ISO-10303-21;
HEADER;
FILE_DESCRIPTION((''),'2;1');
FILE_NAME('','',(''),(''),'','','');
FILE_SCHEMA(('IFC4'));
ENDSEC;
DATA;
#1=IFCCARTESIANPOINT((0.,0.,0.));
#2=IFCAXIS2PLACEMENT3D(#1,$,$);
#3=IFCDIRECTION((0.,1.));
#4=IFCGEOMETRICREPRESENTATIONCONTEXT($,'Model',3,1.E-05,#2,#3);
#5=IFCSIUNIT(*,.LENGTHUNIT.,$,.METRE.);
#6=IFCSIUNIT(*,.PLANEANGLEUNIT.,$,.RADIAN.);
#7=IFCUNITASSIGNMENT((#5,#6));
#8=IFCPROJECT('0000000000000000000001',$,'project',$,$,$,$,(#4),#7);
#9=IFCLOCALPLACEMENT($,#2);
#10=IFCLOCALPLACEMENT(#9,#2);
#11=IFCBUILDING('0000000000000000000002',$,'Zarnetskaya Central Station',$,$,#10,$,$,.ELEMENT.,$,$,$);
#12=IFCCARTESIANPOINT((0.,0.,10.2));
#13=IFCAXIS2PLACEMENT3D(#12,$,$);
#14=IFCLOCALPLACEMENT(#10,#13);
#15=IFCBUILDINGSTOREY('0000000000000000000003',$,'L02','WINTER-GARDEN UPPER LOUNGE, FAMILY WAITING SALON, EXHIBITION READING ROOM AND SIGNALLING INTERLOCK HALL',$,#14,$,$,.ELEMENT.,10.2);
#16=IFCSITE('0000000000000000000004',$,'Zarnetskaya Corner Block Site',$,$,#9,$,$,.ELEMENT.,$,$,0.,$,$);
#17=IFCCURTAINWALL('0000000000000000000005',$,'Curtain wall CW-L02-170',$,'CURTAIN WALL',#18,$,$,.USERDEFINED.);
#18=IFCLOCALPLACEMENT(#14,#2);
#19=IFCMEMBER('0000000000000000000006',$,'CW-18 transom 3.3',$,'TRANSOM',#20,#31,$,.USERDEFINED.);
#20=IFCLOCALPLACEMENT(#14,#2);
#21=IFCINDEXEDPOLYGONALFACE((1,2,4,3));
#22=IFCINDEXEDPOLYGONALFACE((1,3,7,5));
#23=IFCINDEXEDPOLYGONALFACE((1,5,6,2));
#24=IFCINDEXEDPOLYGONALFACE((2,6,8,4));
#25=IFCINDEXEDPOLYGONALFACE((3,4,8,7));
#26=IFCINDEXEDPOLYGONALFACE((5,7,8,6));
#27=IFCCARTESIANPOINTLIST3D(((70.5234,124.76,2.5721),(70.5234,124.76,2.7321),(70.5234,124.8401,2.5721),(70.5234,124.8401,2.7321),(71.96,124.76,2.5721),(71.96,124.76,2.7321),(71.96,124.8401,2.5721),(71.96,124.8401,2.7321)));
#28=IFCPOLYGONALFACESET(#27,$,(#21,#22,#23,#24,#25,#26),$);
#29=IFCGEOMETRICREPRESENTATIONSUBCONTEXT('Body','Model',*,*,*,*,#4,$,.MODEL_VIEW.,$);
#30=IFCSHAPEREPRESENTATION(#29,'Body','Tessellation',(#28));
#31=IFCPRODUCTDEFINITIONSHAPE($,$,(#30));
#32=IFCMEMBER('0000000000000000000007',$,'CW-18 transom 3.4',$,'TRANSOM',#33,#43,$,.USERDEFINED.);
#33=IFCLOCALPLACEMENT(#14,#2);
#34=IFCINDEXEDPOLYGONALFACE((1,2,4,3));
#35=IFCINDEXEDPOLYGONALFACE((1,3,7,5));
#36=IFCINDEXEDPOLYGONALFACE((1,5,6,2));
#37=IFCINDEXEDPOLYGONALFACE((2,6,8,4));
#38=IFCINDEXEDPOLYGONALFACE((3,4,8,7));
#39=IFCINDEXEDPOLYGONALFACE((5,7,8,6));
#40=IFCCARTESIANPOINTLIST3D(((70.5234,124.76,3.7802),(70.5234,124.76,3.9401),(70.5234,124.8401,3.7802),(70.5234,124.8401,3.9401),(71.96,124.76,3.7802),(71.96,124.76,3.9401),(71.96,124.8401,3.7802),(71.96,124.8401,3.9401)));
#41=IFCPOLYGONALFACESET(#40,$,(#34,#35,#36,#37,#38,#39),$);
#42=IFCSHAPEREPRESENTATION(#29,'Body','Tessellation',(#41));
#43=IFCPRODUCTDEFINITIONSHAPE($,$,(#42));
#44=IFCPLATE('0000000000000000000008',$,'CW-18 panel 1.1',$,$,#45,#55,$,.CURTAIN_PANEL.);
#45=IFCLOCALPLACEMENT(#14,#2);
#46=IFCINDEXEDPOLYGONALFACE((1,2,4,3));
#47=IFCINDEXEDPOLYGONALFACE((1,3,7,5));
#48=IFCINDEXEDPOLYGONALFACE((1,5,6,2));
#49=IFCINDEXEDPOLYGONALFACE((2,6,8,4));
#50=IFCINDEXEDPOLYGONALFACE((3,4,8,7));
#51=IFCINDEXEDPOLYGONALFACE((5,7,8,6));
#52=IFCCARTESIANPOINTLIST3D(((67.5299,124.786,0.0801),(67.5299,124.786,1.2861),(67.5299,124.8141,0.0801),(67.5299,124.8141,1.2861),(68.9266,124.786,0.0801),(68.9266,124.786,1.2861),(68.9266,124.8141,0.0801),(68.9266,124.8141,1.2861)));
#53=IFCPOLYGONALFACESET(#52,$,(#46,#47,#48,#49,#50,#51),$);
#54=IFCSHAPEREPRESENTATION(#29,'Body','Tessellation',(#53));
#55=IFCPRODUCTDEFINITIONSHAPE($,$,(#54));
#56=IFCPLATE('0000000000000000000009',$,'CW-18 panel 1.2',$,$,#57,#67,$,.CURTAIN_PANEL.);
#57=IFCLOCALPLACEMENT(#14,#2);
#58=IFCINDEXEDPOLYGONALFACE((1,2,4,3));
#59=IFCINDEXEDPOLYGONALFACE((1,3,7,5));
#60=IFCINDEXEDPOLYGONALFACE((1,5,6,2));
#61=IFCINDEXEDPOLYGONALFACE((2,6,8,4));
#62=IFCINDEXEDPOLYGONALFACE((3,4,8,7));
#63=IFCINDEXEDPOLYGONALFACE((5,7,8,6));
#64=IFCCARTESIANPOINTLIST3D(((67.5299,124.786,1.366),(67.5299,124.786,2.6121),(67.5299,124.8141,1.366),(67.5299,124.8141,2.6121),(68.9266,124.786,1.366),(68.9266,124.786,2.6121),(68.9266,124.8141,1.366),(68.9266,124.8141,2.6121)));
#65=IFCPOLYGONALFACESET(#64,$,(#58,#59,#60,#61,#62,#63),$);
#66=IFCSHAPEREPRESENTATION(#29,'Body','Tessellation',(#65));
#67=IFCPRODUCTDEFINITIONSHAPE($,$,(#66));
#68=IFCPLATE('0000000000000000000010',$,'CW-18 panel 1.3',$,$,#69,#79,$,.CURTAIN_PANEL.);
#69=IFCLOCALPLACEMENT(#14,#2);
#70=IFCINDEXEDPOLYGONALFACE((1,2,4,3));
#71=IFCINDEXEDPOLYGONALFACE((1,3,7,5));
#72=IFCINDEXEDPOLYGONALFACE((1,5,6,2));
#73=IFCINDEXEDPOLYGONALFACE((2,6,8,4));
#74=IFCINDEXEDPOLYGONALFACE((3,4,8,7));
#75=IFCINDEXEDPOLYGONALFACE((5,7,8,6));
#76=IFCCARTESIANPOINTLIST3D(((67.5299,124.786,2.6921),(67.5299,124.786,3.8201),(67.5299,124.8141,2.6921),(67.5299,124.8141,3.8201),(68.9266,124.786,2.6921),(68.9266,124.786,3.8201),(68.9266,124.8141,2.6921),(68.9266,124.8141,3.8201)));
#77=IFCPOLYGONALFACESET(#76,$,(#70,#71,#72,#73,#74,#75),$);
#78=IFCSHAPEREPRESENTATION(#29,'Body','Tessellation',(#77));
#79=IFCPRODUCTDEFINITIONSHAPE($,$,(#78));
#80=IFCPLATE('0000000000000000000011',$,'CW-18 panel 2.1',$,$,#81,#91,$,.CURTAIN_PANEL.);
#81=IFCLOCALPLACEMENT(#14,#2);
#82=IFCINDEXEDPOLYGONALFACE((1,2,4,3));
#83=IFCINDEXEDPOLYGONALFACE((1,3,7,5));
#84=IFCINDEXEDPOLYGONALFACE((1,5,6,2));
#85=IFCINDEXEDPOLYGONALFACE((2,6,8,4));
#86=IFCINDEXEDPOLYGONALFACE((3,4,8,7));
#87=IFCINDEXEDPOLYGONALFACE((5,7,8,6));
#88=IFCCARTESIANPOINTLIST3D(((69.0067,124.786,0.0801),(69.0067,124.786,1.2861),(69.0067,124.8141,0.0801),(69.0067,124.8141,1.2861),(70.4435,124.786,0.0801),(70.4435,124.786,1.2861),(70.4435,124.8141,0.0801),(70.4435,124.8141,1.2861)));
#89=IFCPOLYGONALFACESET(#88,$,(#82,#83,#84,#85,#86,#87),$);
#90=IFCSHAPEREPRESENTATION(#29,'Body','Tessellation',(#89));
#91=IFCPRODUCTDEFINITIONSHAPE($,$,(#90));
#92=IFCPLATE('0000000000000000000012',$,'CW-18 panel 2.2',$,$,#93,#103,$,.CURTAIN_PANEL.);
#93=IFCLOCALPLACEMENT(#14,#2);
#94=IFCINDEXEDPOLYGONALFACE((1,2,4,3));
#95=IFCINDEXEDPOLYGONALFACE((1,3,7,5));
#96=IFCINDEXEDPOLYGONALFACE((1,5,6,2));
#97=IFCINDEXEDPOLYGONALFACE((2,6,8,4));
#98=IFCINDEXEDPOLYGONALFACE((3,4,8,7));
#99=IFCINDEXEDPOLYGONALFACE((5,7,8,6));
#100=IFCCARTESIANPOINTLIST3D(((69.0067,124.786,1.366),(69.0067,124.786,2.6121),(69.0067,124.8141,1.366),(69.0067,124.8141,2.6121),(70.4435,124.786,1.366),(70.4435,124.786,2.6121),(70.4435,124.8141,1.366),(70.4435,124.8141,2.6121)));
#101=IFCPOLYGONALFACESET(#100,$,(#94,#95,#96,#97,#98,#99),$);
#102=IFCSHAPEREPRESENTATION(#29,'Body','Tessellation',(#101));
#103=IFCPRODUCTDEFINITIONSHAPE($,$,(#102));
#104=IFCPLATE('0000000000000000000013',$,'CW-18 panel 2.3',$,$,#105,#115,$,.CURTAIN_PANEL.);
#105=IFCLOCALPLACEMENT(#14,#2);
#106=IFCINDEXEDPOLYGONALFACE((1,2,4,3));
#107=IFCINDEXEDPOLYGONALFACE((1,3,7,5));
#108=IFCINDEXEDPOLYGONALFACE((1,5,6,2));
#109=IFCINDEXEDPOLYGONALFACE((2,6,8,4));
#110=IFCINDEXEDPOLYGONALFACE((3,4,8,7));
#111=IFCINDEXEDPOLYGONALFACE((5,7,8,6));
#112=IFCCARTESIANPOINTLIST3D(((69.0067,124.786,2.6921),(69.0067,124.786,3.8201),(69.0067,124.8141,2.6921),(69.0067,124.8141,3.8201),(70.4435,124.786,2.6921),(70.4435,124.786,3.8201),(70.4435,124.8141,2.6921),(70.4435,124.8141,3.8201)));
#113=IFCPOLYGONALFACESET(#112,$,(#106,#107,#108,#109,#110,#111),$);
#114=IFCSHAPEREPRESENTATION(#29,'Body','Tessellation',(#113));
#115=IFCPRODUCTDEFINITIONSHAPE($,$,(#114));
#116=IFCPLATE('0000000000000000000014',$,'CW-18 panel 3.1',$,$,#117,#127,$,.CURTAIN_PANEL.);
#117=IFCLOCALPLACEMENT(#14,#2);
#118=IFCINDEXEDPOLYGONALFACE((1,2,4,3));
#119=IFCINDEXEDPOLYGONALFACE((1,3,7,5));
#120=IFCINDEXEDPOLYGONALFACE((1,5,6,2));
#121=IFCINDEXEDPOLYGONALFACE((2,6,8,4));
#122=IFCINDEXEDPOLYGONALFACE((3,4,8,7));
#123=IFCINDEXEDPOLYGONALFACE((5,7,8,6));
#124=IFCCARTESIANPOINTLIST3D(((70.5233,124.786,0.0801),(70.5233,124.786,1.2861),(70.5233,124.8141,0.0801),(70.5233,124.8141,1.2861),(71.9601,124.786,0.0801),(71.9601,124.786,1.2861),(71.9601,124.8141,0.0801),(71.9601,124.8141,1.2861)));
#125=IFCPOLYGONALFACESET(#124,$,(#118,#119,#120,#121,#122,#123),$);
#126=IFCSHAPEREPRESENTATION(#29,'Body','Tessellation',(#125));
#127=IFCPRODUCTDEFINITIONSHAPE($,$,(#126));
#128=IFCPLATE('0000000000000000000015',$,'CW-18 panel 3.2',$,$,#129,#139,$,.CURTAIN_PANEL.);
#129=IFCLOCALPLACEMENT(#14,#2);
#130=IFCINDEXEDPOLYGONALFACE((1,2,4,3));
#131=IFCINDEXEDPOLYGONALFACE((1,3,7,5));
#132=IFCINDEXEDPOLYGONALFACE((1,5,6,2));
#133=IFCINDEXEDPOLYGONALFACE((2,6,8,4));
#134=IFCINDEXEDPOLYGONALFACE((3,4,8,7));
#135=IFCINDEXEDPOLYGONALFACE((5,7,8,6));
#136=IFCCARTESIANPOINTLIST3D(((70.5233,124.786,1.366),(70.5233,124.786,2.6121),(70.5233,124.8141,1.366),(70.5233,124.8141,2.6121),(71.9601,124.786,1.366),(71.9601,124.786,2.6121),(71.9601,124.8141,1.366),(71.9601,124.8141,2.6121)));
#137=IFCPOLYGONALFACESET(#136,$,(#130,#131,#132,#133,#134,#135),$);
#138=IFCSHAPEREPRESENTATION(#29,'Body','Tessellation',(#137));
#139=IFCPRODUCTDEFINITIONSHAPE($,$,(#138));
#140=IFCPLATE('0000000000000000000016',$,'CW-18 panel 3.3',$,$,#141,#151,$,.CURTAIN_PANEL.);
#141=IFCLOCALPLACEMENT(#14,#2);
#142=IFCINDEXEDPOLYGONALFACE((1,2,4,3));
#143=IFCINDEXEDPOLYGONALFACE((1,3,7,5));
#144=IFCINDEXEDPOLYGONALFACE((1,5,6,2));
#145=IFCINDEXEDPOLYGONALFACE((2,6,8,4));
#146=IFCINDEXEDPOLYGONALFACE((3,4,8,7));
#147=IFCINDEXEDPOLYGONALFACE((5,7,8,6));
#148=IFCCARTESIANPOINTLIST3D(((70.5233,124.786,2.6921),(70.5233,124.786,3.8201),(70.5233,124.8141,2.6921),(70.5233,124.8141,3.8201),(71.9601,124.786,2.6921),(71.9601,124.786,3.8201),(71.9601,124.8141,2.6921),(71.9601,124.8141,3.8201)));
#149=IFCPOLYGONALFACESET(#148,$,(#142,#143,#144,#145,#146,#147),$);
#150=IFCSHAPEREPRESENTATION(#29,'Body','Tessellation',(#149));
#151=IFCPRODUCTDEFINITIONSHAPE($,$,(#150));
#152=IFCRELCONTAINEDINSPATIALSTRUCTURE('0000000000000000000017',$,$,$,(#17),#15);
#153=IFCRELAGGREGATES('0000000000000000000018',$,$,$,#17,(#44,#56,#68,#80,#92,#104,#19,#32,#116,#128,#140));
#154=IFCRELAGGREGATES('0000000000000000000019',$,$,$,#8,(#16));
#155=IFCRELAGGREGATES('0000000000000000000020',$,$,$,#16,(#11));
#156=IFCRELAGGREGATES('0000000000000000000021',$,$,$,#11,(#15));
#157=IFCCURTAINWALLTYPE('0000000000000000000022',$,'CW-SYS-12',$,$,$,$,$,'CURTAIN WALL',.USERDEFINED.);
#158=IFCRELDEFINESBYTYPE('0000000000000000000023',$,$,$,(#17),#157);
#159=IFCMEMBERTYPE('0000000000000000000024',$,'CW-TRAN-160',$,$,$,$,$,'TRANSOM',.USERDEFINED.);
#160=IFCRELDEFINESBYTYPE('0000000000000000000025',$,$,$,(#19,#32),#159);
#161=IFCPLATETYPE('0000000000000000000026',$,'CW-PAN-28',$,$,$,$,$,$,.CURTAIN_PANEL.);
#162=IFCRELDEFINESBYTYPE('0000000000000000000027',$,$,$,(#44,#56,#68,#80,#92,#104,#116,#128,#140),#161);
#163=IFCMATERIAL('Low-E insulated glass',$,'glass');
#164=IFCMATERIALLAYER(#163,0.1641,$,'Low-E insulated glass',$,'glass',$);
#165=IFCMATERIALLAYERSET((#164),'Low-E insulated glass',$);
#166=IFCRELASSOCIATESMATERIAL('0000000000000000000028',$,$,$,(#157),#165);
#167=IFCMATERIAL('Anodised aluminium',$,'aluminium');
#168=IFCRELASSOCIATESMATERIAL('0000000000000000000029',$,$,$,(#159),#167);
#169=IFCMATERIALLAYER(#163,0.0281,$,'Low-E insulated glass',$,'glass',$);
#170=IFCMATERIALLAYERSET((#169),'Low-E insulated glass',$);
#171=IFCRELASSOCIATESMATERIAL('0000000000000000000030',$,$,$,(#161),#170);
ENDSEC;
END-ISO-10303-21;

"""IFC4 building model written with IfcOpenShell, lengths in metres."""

from ifc_helpers import new_model, si_unit, direction, frame, origin, origin_2d, place, context, subcontext, project, spatial, rectangle, extrude, material, layer, layer_set, material_profile, profile_set, type_object, element, aggregate, save


model = new_model("IFC4")

# Units and contexts
model_context = context("Model", 3, precision=1e-05, world=origin(), true_north=direction((0.0, 1.0)))
body_context = subcontext(model_context, "Body", "Model", "MODEL_VIEW")
ifc_project = project(units=[si_unit("LENGTHUNIT", "METRE"), si_unit("PLANEANGLEUNIT", "RADIAN")], contexts=[model_context])

# Site, building, storey
site_placement = place(None, origin())
site = spatial("IfcSite", under=ifc_project, at=site_placement, Name="Zarnetskaya Corner Block Site", CompositionType="ELEMENT", RefElevation=0.0)
building_placement = place(site_placement, origin())
building = spatial("IfcBuilding", under=site, at=building_placement, Name="Zarnetskaya Central Station", CompositionType="ELEMENT")
storey_placement = place(building_placement, frame((0.0, 0.0, 10.2)))
storey = spatial("IfcBuildingStorey", under=building, at=storey_placement, Name="L02", Description="WINTER-GARDEN UPPER LOUNGE, FAMILY WAITING SALON, EXHIBITION READING ROOM AND SIGNALLING INTERLOCK HALL", CompositionType="ELEMENT", Elevation=10.2)

# Curtain wall, members, plates
ifc_material_1 = material(Name="Low-E insulated glass", Category="glass")
ifc_layer_1 = layer(ifc_material_1, 0.1641, Name="Low-E insulated glass", Category="glass")
ifc_layer_set_1 = layer_set([ifc_layer_1], Name="Low-E insulated glass")
curtain_wall_type = type_object("IfcCurtainWallType", Name="CW-SYS-12", ElementType="CURTAIN WALL", PredefinedType="USERDEFINED", material=ifc_layer_set_1)
curtain_wall_placement = place(storey_placement, origin())
curtain_wall = element("IfcCurtainWall", 1, at=curtain_wall_placement, inside=storey, type_object=curtain_wall_type, Name="Curtain wall CW-L02-170", ObjectType="CURTAIN WALL", PredefinedType="USERDEFINED")
ifc_material_2 = material(Name="Anodised aluminium", Category="aluminium")
ifc_material_profile_1 = material_profile(ifc_material_2, rectangle(XDim=0.0801, YDim=0.1599, at=origin_2d()), Name="ALU TRAN 80x160")
ifc_profile_set_1 = profile_set([ifc_material_profile_1], Name="Anodised aluminium")
member_type_1 = type_object("IfcMemberType", Name="CW-TRAN-160", ElementType="TRANSOM", PredefinedType="USERDEFINED", material=ifc_profile_set_1)
member_1_placement = place(storey_placement, frame((70.5234, 124.8, 2.6521), z_axis=(1.0, 0.0, 0.0), x_axis=(0.0, 1.0, 0.0)))
member_1 = element("IfcMember", 2, at=member_1_placement, type_object=member_type_1, Name="CW-18 transom 3.3", ObjectType="TRANSOM", PredefinedType="USERDEFINED", context=body_context, shape_type="SweptSolid", body=[
    extrude(rectangle(XDim=0.0801, YDim=0.1599, at=origin_2d()), origin(), (0.0, 0.0, 1.0), 1.4365),
])
member_2_placement = place(storey_placement, frame((70.5234, 124.8, 3.8601), z_axis=(1.0, 0.0, 0.0), x_axis=(0.0, 1.0, 0.0)))
member_2 = element("IfcMember", 3, at=member_2_placement, type_object=member_type_1, Name="CW-18 transom 3.4", ObjectType="TRANSOM", PredefinedType="USERDEFINED", context=body_context, shape_type="SweptSolid", body=[
    extrude(rectangle(XDim=0.0801, YDim=0.1599, at=origin_2d()), origin(), (0.0, 0.0, 1.0), 1.4365),
])
ifc_layer_2 = layer(ifc_material_1, 0.0281, Name="Low-E insulated glass", Category="glass")
ifc_layer_set_2 = layer_set([ifc_layer_2], Name="Low-E insulated glass")
plate_type = type_object("IfcPlateType", Name="CW-PAN-28", PredefinedType="CURTAIN_PANEL", material=ifc_layer_set_2)
plate_1_placement = place(storey_placement, frame((68.2283, 124.8, 0.0801), z_axis=(0.0, 0.0, 1.0), x_axis=(1.0, 0.0, 0.0)))
plate_1 = element("IfcPlate", 4, at=plate_1_placement, type_object=plate_type, Name="CW-18 panel 1.1", PredefinedType="CURTAIN_PANEL", context=body_context, shape_type="SweptSolid", body=[
    extrude(rectangle(XDim=1.3967, YDim=0.0281, at=origin_2d()), origin(), (0.0, 0.0, 1.0), 1.2061),
])
plate_2_placement = place(storey_placement, frame((68.2283, 124.8, 1.366), z_axis=(0.0, 0.0, 1.0), x_axis=(1.0, 0.0, 0.0)))
plate_2 = element("IfcPlate", 5, at=plate_2_placement, type_object=plate_type, Name="CW-18 panel 1.2", PredefinedType="CURTAIN_PANEL", context=body_context, shape_type="SweptSolid", body=[
    extrude(rectangle(XDim=1.3967, YDim=0.0281, at=origin_2d()), origin(), (0.0, 0.0, 1.0), 1.2461),
])
plate_3_placement = place(storey_placement, frame((68.2283, 124.8, 2.6921), z_axis=(0.0, 0.0, 1.0), x_axis=(1.0, 0.0, 0.0)))
plate_3 = element("IfcPlate", 6, at=plate_3_placement, type_object=plate_type, Name="CW-18 panel 1.3", PredefinedType="CURTAIN_PANEL", context=body_context, shape_type="SweptSolid", body=[
    extrude(rectangle(XDim=1.3967, YDim=0.0281, at=origin_2d()), origin(), (0.0, 0.0, 1.0), 1.1279),
])
plate_4_placement = place(storey_placement, frame((69.7251, 124.8, 0.0801), z_axis=(0.0, 0.0, 1.0), x_axis=(1.0, 0.0, 0.0)))
plate_4 = element("IfcPlate", 7, at=plate_4_placement, type_object=plate_type, Name="CW-18 panel 2.1", PredefinedType="CURTAIN_PANEL", context=body_context, shape_type="SweptSolid", body=[
    extrude(rectangle(XDim=1.4368, YDim=0.0281, at=origin_2d()), origin(), (0.0, 0.0, 1.0), 1.2061),
])
plate_5_placement = place(storey_placement, frame((69.7251, 124.8, 1.366), z_axis=(0.0, 0.0, 1.0), x_axis=(1.0, 0.0, 0.0)))
plate_5 = element("IfcPlate", 8, at=plate_5_placement, type_object=plate_type, Name="CW-18 panel 2.2", PredefinedType="CURTAIN_PANEL", context=body_context, shape_type="SweptSolid", body=[
    extrude(rectangle(XDim=1.4368, YDim=0.0281, at=origin_2d()), origin(), (0.0, 0.0, 1.0), 1.2461),
])
plate_6_placement = place(storey_placement, frame((69.7251, 124.8, 2.6921), z_axis=(0.0, 0.0, 1.0), x_axis=(1.0, 0.0, 0.0)))
plate_6 = element("IfcPlate", 9, at=plate_6_placement, type_object=plate_type, Name="CW-18 panel 2.3", PredefinedType="CURTAIN_PANEL", context=body_context, shape_type="SweptSolid", body=[
    extrude(rectangle(XDim=1.4368, YDim=0.0281, at=origin_2d()), origin(), (0.0, 0.0, 1.0), 1.1279),
])
plate_7_placement = place(storey_placement, frame((71.2417, 124.8, 0.0801), z_axis=(0.0, 0.0, 1.0), x_axis=(1.0, 0.0, 0.0)))
plate_7 = element("IfcPlate", 10, at=plate_7_placement, type_object=plate_type, Name="CW-18 panel 3.1", PredefinedType="CURTAIN_PANEL", context=body_context, shape_type="SweptSolid", body=[
    extrude(rectangle(XDim=1.4368, YDim=0.0281, at=origin_2d()), origin(), (0.0, 0.0, 1.0), 1.2061),
])
plate_8_placement = place(storey_placement, frame((71.2417, 124.8, 1.366), z_axis=(0.0, 0.0, 1.0), x_axis=(1.0, 0.0, 0.0)))
plate_8 = element("IfcPlate", 11, at=plate_8_placement, type_object=plate_type, Name="CW-18 panel 3.2", PredefinedType="CURTAIN_PANEL", context=body_context, shape_type="SweptSolid", body=[
    extrude(rectangle(XDim=1.4368, YDim=0.0281, at=origin_2d()), origin(), (0.0, 0.0, 1.0), 1.2461),
])
plate_9_placement = place(storey_placement, frame((71.2417, 124.8, 2.6921), z_axis=(0.0, 0.0, 1.0), x_axis=(1.0, 0.0, 0.0)))
plate_9 = element("IfcPlate", 12, at=plate_9_placement, type_object=plate_type, Name="CW-18 panel 3.3", PredefinedType="CURTAIN_PANEL", context=body_context, shape_type="SweptSolid", body=[
    extrude(rectangle(XDim=1.4368, YDim=0.0281, at=origin_2d()), origin(), (0.0, 0.0, 1.0), 1.1279),
])
aggregate(curtain_wall, [plate_1, plate_2, plate_3, plate_4, plate_5, plate_6, member_1, member_2, plate_7, plate_8, plate_9])

save(model, "model.ifc")
